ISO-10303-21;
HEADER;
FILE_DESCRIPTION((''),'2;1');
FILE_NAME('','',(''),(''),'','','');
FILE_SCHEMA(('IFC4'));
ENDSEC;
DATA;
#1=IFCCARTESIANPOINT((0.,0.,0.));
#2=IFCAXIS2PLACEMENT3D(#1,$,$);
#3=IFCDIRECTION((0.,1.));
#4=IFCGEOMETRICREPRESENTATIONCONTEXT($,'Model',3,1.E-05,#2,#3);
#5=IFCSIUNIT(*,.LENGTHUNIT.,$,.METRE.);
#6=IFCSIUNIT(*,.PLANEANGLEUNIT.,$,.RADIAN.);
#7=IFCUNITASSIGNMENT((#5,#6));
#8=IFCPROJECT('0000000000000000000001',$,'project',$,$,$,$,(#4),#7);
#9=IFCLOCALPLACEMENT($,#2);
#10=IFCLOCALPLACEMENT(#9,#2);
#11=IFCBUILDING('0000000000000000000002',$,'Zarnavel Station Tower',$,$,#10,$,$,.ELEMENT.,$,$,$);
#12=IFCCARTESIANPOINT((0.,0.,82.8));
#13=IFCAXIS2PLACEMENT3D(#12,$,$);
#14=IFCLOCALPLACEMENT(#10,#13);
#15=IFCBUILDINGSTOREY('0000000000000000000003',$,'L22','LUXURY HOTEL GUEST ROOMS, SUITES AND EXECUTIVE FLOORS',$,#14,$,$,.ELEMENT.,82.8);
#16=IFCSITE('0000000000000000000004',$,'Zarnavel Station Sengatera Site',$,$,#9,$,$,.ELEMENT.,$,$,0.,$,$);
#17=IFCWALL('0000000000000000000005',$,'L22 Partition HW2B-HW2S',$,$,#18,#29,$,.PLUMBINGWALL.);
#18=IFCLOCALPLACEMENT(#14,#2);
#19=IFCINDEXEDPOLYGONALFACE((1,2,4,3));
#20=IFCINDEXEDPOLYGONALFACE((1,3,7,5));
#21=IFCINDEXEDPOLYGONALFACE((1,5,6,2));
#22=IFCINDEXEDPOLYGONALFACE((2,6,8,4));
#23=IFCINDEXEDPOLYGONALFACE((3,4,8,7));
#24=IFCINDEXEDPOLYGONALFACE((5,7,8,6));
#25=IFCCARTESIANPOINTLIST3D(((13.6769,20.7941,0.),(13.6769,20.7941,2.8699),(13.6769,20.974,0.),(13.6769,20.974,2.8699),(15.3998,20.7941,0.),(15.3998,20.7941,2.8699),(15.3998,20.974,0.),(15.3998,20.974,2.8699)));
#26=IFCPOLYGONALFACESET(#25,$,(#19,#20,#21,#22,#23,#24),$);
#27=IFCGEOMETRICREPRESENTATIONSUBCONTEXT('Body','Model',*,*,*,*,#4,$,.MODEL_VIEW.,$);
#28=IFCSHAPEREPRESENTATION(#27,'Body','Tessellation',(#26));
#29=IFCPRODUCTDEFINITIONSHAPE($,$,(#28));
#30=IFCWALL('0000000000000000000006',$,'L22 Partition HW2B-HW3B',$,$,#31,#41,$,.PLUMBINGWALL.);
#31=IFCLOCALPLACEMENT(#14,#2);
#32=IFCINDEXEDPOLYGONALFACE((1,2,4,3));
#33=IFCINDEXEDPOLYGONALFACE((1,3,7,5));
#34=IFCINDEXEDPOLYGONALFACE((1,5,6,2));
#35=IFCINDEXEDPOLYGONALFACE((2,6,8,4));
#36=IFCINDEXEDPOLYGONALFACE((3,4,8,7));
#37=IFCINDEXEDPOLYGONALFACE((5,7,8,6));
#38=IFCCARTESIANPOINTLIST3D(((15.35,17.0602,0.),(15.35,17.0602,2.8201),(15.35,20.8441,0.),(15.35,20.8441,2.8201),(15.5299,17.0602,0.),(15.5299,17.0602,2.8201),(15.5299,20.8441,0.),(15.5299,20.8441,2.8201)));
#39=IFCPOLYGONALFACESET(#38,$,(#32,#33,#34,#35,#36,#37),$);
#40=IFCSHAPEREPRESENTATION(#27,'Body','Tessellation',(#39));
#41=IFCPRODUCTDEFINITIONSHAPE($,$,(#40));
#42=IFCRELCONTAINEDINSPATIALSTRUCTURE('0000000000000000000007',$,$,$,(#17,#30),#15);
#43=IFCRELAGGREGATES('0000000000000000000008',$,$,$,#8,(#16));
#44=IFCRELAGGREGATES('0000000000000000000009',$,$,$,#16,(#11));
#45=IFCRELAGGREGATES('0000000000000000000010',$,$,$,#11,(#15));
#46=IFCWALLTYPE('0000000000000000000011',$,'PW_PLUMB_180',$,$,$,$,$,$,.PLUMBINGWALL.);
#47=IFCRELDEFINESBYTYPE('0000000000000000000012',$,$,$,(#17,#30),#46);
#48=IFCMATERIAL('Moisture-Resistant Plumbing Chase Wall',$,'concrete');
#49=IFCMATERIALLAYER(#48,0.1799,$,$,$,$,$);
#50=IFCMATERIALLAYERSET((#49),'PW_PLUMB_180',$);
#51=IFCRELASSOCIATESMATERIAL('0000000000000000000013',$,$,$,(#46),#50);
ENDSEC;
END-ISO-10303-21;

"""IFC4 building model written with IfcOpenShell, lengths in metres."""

from ifc_helpers import new_model, si_unit, direction, frame, frame_2d, origin, place, context, subcontext, project, spatial, rectangle, extrude, material, layer, layer_set, type_object, element, save


model = new_model("IFC4")

# Units and contexts
model_context = context("Model", 3, precision=1e-05, world=origin(), true_north=direction((0.0, 1.0)))
body_context = subcontext(model_context, "Body", "Model", "MODEL_VIEW")
ifc_project = project(units=[si_unit("LENGTHUNIT", "METRE"), si_unit("PLANEANGLEUNIT", "RADIAN")], contexts=[model_context])

# Site, building, storey
site_placement = place(None, origin())
site = spatial("IfcSite", under=ifc_project, at=site_placement, Name="Zarnavel Station Sengatera Site", CompositionType="ELEMENT", RefElevation=0.0)
building_placement = place(site_placement, origin())
building = spatial("IfcBuilding", under=site, at=building_placement, Name="Zarnavel Station Tower", CompositionType="ELEMENT")
storey_placement = place(building_placement, frame((0.0, 0.0, 82.8)))
storey = spatial("IfcBuildingStorey", under=building, at=storey_placement, Name="L22", Description="LUXURY HOTEL GUEST ROOMS, SUITES AND EXECUTIVE FLOORS", CompositionType="ELEMENT", Elevation=82.8)

# Shared definitions
ifc_material_1 = material(Name="Moisture-Resistant Plumbing Chase Wall", Category="concrete")
ifc_layer_1 = layer(ifc_material_1, 0.1799)
ifc_layer_set_1 = layer_set([ifc_layer_1], Name="PW_PLUMB_180")
wall_type_1 = type_object("IfcWallType", Name="PW_PLUMB_180", PredefinedType="PLUMBINGWALL", material=ifc_layer_set_1)

# Walls
wall_1_placement = place(storey_placement, frame((13.677, 20.884, 0.0), z_axis=(0.0, 0.0, 1.0), x_axis=(1.0, 0.0, 0.0)))
element("IfcWall", 1, at=wall_1_placement, inside=storey, type_object=wall_type_1, Name="L22 Partition HW2B-HW2S", PredefinedType="PLUMBINGWALL", context=body_context, shape_type="SweptSolid", body=[
    extrude(rectangle(XDim=1.7229, YDim=0.1799, at=frame_2d((0.8613, 0.0))), origin(), (0.0, 0.0, 1.0), 2.8699),
])
wall_2_placement = place(storey_placement, frame((15.4399, 17.0601, 0.0), z_axis=(0.0, 0.0, 1.0), x_axis=(0.0, 1.0, 0.0)))
element("IfcWall", 2, at=wall_2_placement, inside=storey, type_object=wall_type_1, Name="L22 Partition HW2B-HW3B", PredefinedType="PLUMBINGWALL", context=body_context, shape_type="SweptSolid", body=[
    extrude(rectangle(XDim=3.7839, YDim=0.1799, at=frame_2d((1.8921, 0.0))), origin(), (0.0, 0.0, 1.0), 2.8201),
])

save(model, "model.ifc")
